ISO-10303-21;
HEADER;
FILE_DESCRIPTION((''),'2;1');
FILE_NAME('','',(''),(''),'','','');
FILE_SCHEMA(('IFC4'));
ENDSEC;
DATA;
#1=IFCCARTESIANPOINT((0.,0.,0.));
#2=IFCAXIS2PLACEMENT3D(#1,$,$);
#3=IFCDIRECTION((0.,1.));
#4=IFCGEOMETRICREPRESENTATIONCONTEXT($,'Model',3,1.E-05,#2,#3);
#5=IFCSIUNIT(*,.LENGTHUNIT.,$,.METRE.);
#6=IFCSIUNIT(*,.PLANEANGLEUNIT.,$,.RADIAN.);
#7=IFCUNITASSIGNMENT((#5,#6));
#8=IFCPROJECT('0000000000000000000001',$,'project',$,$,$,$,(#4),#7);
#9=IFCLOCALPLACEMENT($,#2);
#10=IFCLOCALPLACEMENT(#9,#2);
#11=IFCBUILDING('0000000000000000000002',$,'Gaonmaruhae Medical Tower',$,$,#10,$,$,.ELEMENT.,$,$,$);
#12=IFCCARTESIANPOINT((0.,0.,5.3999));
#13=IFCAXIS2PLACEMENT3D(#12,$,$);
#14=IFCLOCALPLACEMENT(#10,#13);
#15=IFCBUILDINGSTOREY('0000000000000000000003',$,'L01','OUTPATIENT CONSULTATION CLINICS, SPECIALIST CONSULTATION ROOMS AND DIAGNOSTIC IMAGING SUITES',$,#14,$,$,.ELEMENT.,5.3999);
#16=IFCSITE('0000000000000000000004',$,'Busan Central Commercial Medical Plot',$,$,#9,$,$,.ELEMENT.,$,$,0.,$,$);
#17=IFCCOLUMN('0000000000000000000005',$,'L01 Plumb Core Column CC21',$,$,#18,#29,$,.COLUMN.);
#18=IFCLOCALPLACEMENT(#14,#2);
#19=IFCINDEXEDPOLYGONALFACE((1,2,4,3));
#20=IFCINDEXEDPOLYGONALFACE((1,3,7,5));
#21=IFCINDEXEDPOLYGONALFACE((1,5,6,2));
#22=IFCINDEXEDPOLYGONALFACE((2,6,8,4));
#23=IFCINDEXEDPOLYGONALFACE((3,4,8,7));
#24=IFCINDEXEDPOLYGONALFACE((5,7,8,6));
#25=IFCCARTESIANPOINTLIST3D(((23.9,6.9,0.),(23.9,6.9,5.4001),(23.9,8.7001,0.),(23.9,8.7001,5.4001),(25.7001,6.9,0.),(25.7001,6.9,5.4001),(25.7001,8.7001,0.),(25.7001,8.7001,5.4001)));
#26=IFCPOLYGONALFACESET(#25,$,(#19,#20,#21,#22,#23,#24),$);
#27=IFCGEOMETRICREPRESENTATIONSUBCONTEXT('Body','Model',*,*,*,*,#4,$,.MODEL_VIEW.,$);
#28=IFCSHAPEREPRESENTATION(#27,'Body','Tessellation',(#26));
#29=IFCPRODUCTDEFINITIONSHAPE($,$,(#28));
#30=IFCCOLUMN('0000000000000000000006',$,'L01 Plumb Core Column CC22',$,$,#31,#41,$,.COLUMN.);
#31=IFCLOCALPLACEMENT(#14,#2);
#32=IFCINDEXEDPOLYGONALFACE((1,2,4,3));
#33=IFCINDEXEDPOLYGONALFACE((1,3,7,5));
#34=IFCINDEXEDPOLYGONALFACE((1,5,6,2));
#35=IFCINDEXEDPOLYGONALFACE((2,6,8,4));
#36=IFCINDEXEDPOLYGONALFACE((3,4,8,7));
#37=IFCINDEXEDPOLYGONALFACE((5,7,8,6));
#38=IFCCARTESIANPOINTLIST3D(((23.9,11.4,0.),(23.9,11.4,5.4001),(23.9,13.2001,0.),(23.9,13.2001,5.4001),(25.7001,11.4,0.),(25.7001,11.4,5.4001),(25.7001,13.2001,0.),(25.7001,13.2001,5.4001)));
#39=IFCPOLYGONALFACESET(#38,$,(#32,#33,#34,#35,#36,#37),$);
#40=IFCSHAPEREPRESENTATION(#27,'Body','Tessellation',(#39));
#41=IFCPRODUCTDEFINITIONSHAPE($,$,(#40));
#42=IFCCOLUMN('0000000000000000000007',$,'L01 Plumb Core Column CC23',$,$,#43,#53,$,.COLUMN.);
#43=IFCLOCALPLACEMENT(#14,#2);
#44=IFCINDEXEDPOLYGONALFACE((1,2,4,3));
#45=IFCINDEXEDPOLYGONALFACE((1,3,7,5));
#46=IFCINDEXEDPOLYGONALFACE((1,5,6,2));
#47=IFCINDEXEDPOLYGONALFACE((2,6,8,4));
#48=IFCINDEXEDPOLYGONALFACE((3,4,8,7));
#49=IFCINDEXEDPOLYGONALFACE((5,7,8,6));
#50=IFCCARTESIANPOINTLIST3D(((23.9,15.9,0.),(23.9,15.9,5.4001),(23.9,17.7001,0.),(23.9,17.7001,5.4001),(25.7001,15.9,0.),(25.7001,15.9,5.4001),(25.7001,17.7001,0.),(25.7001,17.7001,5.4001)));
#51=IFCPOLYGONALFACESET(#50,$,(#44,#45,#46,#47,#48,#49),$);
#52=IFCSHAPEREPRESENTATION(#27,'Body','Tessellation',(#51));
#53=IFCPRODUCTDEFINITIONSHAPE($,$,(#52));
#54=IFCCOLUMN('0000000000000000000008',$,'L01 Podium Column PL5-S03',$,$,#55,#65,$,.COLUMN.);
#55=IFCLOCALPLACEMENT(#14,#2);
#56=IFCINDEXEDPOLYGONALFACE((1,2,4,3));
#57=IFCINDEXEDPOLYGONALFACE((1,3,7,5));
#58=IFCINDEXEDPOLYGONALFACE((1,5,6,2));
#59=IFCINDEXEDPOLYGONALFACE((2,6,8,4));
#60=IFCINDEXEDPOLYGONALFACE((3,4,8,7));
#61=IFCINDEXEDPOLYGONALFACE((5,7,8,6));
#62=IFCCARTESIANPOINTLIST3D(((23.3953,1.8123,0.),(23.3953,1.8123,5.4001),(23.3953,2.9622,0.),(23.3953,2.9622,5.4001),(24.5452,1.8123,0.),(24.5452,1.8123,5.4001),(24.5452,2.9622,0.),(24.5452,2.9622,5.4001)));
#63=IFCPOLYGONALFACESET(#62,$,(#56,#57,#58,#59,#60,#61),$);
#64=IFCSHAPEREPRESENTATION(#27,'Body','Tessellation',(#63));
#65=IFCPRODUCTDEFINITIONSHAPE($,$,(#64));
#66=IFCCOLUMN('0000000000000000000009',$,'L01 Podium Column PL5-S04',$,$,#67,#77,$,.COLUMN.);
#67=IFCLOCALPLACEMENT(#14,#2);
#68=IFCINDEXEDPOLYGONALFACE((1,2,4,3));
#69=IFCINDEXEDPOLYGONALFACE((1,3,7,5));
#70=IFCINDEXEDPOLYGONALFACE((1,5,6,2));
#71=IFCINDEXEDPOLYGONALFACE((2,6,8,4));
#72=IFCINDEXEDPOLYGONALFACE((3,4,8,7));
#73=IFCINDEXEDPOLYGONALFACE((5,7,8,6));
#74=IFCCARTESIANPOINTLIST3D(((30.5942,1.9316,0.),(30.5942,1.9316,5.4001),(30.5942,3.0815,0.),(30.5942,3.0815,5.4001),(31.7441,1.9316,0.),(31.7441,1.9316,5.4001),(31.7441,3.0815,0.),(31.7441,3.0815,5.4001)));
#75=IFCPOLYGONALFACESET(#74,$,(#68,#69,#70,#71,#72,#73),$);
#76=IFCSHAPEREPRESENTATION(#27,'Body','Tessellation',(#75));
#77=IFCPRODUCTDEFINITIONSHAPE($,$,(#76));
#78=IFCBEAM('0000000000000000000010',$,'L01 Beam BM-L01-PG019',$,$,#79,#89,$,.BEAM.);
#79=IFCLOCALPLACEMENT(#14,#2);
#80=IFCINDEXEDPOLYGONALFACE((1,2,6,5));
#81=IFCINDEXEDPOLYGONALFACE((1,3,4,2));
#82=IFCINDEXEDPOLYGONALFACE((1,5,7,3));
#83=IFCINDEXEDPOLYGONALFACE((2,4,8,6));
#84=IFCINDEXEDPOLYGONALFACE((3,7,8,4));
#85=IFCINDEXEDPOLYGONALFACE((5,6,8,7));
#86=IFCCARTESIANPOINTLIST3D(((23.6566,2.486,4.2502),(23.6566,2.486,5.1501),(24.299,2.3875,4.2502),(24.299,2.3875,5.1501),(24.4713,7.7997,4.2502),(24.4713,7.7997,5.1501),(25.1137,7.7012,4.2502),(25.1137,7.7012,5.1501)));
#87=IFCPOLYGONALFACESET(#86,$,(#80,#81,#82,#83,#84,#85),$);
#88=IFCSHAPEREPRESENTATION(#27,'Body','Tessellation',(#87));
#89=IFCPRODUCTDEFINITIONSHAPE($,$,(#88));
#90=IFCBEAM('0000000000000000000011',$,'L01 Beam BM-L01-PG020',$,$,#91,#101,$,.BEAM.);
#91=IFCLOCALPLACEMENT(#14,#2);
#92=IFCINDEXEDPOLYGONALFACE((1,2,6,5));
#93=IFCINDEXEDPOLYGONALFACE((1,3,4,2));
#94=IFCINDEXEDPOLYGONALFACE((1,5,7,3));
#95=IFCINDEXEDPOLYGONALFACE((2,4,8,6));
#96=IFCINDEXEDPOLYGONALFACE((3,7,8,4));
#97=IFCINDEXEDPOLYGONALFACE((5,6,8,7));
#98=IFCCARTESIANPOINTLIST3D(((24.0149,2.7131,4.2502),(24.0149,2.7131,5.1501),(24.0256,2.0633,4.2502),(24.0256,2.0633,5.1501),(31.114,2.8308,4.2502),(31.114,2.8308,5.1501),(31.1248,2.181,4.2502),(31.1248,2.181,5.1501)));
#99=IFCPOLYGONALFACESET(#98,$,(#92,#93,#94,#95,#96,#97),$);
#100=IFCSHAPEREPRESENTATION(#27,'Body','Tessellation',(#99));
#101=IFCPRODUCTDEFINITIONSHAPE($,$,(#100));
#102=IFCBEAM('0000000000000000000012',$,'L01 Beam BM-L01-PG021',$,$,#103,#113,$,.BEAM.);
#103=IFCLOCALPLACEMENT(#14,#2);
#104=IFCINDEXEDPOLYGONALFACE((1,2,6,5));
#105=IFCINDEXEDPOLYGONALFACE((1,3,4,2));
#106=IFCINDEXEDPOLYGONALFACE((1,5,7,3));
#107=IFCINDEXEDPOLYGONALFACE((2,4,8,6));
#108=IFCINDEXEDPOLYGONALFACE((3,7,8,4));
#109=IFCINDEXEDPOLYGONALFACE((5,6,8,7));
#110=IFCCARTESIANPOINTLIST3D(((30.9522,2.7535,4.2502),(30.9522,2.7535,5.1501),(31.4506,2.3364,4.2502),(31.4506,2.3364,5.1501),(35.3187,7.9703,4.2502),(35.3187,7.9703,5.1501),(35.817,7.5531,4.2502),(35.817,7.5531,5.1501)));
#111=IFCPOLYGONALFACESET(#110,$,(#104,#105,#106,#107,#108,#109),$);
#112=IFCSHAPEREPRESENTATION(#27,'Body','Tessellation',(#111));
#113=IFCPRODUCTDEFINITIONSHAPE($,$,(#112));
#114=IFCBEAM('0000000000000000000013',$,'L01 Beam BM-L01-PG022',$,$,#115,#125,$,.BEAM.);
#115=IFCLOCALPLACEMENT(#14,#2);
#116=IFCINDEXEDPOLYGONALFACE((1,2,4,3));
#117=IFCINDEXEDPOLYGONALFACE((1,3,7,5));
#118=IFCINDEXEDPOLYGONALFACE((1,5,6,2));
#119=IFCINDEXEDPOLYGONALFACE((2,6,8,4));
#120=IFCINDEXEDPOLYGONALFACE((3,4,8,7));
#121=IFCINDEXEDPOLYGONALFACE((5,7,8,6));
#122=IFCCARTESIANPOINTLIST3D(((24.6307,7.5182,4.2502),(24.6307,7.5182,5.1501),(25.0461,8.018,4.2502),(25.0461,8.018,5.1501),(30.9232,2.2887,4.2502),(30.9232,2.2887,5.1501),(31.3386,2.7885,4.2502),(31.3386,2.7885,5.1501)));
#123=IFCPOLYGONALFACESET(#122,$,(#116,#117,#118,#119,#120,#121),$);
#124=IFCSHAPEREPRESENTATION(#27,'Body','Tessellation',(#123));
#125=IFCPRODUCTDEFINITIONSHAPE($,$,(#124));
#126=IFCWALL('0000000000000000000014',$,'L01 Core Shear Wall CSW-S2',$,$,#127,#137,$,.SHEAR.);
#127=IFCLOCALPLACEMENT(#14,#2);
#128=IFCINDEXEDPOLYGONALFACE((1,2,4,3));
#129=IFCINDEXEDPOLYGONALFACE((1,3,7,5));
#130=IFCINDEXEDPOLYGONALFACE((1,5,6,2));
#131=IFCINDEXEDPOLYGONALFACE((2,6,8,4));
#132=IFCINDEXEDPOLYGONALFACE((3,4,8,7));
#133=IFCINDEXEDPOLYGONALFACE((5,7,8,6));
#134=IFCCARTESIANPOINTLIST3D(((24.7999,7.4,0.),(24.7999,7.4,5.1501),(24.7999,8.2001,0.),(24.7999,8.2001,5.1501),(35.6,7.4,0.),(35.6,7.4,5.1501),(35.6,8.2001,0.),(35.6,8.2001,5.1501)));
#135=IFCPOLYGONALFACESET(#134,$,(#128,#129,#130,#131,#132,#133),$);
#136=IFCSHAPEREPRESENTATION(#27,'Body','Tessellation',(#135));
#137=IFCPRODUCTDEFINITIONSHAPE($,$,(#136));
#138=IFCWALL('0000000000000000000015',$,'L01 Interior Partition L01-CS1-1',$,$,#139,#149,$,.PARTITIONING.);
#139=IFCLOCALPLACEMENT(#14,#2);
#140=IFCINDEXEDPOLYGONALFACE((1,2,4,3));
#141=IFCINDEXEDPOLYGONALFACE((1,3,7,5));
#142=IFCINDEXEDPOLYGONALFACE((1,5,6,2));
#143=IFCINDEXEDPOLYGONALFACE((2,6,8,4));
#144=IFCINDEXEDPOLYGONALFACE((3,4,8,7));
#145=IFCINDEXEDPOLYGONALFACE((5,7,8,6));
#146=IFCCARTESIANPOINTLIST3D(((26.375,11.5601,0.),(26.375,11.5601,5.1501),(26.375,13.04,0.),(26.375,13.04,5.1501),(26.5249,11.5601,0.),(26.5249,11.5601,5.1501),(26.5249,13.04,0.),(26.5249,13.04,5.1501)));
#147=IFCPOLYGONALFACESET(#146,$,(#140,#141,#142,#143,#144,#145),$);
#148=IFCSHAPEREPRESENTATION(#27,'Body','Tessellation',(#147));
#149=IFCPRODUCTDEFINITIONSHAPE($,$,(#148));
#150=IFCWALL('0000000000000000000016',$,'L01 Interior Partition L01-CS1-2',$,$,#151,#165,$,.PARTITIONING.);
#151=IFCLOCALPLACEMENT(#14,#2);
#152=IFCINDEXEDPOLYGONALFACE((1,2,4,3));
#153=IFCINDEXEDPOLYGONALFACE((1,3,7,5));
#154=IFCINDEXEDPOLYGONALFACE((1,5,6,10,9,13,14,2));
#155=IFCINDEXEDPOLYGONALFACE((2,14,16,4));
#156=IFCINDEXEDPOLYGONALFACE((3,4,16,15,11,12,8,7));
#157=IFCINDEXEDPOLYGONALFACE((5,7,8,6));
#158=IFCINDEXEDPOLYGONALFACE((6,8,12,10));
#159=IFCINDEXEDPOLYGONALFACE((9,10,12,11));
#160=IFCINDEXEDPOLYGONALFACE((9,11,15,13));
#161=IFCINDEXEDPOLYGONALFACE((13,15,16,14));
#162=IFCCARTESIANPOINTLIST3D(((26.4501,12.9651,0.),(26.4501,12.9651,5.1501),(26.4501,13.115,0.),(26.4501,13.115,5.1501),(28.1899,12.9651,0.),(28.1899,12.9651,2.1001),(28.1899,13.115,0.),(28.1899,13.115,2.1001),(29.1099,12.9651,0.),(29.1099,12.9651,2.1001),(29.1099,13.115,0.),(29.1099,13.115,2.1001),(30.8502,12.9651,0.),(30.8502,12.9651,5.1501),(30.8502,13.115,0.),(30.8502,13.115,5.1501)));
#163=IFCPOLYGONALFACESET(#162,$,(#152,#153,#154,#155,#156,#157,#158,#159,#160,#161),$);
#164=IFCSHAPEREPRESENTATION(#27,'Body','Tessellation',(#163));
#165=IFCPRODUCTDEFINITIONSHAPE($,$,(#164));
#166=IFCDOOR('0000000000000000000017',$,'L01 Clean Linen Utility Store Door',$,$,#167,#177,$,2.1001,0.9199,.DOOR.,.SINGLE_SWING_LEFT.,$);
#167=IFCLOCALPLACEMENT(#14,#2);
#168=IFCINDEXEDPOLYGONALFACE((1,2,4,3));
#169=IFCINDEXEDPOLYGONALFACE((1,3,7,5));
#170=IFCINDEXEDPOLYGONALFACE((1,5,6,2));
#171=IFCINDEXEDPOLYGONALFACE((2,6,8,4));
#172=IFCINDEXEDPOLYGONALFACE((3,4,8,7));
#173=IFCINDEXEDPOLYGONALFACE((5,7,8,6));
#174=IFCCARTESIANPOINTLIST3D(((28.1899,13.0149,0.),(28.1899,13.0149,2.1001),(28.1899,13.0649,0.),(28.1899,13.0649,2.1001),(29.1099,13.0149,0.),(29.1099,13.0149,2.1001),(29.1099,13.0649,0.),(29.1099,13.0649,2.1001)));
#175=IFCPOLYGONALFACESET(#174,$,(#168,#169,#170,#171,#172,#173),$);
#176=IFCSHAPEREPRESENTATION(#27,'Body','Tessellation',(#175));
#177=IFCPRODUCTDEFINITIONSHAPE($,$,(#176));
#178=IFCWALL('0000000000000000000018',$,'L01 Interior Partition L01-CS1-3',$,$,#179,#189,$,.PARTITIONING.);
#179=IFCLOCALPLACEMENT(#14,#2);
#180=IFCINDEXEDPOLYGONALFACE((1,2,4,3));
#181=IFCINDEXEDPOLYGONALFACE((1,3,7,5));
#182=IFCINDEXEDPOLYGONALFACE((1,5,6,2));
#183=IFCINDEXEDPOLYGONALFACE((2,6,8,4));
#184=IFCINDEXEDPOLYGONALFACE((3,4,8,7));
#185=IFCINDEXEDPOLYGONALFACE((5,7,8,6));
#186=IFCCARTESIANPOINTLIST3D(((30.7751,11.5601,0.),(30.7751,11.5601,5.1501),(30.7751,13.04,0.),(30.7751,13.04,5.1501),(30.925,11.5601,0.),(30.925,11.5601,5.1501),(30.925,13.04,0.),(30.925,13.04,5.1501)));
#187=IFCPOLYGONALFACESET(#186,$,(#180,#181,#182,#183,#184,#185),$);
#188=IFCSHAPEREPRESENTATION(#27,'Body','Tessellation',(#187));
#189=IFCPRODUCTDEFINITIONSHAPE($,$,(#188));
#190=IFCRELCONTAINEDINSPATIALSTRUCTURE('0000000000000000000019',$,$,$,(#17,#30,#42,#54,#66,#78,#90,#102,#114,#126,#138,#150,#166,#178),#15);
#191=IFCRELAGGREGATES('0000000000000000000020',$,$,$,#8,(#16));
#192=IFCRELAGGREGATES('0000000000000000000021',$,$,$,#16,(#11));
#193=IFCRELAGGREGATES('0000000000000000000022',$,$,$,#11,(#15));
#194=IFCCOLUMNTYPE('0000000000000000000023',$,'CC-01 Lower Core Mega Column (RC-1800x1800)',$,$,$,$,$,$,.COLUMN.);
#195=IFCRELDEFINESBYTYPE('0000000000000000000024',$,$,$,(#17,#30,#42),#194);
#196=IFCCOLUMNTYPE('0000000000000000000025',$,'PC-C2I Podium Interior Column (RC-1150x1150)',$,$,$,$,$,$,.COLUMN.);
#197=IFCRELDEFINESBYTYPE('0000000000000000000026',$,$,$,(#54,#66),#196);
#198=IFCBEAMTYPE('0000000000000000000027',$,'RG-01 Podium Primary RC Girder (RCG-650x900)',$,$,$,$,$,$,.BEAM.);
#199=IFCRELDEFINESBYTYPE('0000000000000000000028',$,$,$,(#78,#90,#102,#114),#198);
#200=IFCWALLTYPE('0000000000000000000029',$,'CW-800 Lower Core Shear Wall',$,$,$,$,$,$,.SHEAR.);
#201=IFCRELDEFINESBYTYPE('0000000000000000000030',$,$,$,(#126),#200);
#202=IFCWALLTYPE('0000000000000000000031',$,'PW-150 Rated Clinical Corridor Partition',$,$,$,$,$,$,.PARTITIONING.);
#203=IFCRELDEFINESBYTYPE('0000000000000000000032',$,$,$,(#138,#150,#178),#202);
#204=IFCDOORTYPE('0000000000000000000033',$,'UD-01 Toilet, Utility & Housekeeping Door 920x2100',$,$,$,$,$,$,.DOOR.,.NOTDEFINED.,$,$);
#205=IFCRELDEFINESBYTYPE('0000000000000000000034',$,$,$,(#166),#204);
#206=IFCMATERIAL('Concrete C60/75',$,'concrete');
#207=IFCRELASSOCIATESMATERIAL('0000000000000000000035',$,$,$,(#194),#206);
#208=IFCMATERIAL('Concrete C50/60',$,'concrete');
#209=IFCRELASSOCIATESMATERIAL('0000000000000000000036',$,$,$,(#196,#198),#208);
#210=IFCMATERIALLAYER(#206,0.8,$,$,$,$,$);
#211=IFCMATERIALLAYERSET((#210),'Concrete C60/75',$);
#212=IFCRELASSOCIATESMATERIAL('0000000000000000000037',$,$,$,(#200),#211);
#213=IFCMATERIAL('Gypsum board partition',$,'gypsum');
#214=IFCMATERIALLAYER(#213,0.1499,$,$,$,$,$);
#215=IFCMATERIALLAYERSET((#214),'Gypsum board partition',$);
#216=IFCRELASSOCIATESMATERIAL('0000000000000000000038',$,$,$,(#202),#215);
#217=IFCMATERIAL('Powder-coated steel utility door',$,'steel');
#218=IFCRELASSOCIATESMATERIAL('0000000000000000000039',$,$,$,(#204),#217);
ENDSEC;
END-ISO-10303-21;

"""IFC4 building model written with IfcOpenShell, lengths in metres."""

from ifc_helpers import new_model, si_unit, direction, frame, frame_2d, origin, origin_2d, place, context, subcontext, project, spatial, rectangle, extrude, material, layer, layer_set, material_profile, profile_set, type_object, element, fill, save


model = new_model("IFC4")

# Units and contexts
model_context = context("Model", 3, precision=1e-05, world=origin(), true_north=direction((0.0, 1.0)))
body_context = subcontext(model_context, "Body", "Model", "MODEL_VIEW")
ifc_project = project(units=[si_unit("LENGTHUNIT", "METRE"), si_unit("PLANEANGLEUNIT", "RADIAN")], contexts=[model_context])

# Site, building, storey
site_placement = place(None, origin())
site = spatial("IfcSite", under=ifc_project, at=site_placement, Name="Busan Central Commercial Medical Plot", CompositionType="ELEMENT", RefElevation=0.0)
building_placement = place(site_placement, origin())
building = spatial("IfcBuilding", under=site, at=building_placement, Name="Gaonmaruhae Medical Tower", CompositionType="ELEMENT")
storey_placement = place(building_placement, frame((0.0, 0.0, 5.3999)))
storey = spatial("IfcBuildingStorey", under=building, at=storey_placement, Name="L01", Description="OUTPATIENT CONSULTATION CLINICS, SPECIALIST CONSULTATION ROOMS AND DIAGNOSTIC IMAGING SUITES", CompositionType="ELEMENT", Elevation=5.3999)

# Columns
ifc_material_1 = material(Name="Concrete C60/75", Category="concrete")
ifc_material_profile_1 = material_profile(ifc_material_1, rectangle(XDim=1.8, YDim=1.8, at=origin_2d()), Name="RC-1800x1800")
ifc_profile_set_1 = profile_set([ifc_material_profile_1], Name="Concrete C60/75")
column_type_1 = type_object("IfcColumnType", Name="CC-01 Lower Core Mega Column (RC-1800x1800)", PredefinedType="COLUMN", material=ifc_profile_set_1)
for number, where, z_axis, x_axis, name in (
    (1, (24.8, 7.8, 0.0), (0.0, 0.0, 1.0), (1.0, 0.0, 0.0), "L01 Plumb Core Column CC21"),
    (2, (24.8, 12.3, 0.0), (0.0, 0.0, 1.0), (1.0, 0.0, 0.0), "L01 Plumb Core Column CC22"),
    (3, (24.8, 16.8, 0.0), (0.0, 0.0, 1.0), (1.0, 0.0, 0.0), "L01 Plumb Core Column CC23"),
):
    element("IfcColumn", number, at=place(storey_placement, frame(where, z_axis=z_axis, x_axis=x_axis)), inside=storey, type_object=column_type_1, Name=name, PredefinedType="COLUMN", context=body_context, shape_type="SweptSolid", body=[
        extrude(rectangle(XDim=1.8, YDim=1.8, at=origin_2d()), origin(), (0.0, 0.0, 1.0), 5.4001),
    ])
ifc_material_2 = material(Name="Concrete C50/60", Category="concrete")
ifc_material_profile_2 = material_profile(ifc_material_2, rectangle(XDim=1.1499, YDim=1.1499, at=origin_2d()), Name="RC-1150x1150")
ifc_profile_set_2 = profile_set([ifc_material_profile_2], Name="Concrete C50/60")
column_type_2 = type_object("IfcColumnType", Name="PC-C2I Podium Interior Column (RC-1150x1150)", PredefinedType="COLUMN", material=ifc_profile_set_2)
for number, where, z_axis, x_axis, name in (
    (4, (23.9702, 2.3872, 0.0), (0.0, 0.0, 1.0), (1.0, 0.0, 0.0), "L01 Podium Column PL5-S03"),
    (5, (31.1692, 2.5066, 0.0), (0.0, 0.0, 1.0), (1.0, 0.0, 0.0), "L01 Podium Column PL5-S04"),
):
    element("IfcColumn", number, at=place(storey_placement, frame(where, z_axis=z_axis, x_axis=x_axis)), inside=storey, type_object=column_type_2, Name=name, PredefinedType="COLUMN", context=body_context, shape_type="SweptSolid", body=[
        extrude(rectangle(XDim=1.1499, YDim=1.1499, at=origin_2d()), origin(), (0.0, 0.0, 1.0), 5.4001),
    ])

# Beams
ifc_material_profile_3 = material_profile(ifc_material_2, rectangle(XDim=0.6499, YDim=0.8999, at=origin_2d()), Name="RCG-650x900")
ifc_profile_set_3 = profile_set([ifc_material_profile_3], Name="Concrete C50/60")
beam_type = type_object("IfcBeamType", Name="RG-01 Podium Primary RC Girder (RCG-650x900)", PredefinedType="BEAM", material=ifc_profile_set_3)
beam_1_placement = place(storey_placement, frame((23.9778, 2.4368, 4.7002), z_axis=(0.151549, 0.98845, 0.0), x_axis=(-0.98845, 0.151549, 0.0)))
element("IfcBeam", 6, at=beam_1_placement, inside=storey, type_object=beam_type, Name="L01 Beam BM-L01-PG019", PredefinedType="BEAM", context=body_context, shape_type="SweptSolid", body=[
    extrude(rectangle(XDim=0.6499, YDim=0.8999, at=origin_2d()), origin(), (0.0, 0.0, 1.0), 5.3757),
])
beam_2_placement = place(storey_placement, frame((24.0203, 2.3882, 4.7002), z_axis=(0.999863, 0.016574, 0.0), x_axis=(-0.016574, 0.999863, 0.0)))
element("IfcBeam", 7, at=beam_2_placement, inside=storey, type_object=beam_type, Name="L01 Beam BM-L01-PG020", PredefinedType="BEAM", context=body_context, shape_type="SweptSolid", body=[
    extrude(rectangle(XDim=0.6499, YDim=0.8999, at=origin_2d()), origin(), (0.0, 0.0, 1.0), 7.1001),
])
beam_3_placement = place(storey_placement, frame((31.2014, 2.5449, 4.7002), z_axis=(0.641842, 0.766837, 0.0), x_axis=(-0.766837, 0.641842, 0.0)))
element("IfcBeam", 8, at=beam_3_placement, inside=storey, type_object=beam_type, Name="L01 Beam BM-L01-PG021", PredefinedType="BEAM", context=body_context, shape_type="SweptSolid", body=[
    extrude(rectangle(XDim=0.6499, YDim=0.8999, at=origin_2d()), origin(), (0.0, 0.0, 1.0), 6.803),
])
beam_4_placement = place(storey_placement, frame((31.1309, 2.5386, 4.7002), z_axis=(-0.769077, 0.639157, 0.0), x_axis=(-0.639157, -0.769077, 0.0)))
element("IfcBeam", 9, at=beam_4_placement, inside=storey, type_object=beam_type, Name="L01 Beam BM-L01-PG022", PredefinedType="BEAM", context=body_context, shape_type="SweptSolid", body=[
    extrude(rectangle(XDim=0.6499, YDim=0.8999, at=origin_2d()), origin(), (0.0, 0.0, 1.0), 8.1819),
])

# Walls
ifc_layer_1 = layer(ifc_material_1, 0.8)
ifc_layer_set_1 = layer_set([ifc_layer_1], Name="Concrete C60/75")
wall_type_1 = type_object("IfcWallType", Name="CW-800 Lower Core Shear Wall", PredefinedType="SHEAR", material=ifc_layer_set_1)
wall_1_placement = place(storey_placement, frame((24.8, 7.8, 0.0), z_axis=(0.0, 0.0, 1.0), x_axis=(1.0, 0.0, 0.0)))
element("IfcWall", 10, at=wall_1_placement, inside=storey, type_object=wall_type_1, Name="L01 Core Shear Wall CSW-S2", PredefinedType="SHEAR", context=body_context, shape_type="SweptSolid", body=[
    extrude(rectangle(XDim=10.8, YDim=0.8, at=frame_2d((5.3999, 0.0))), origin(), (0.0, 0.0, 1.0), 5.1501),
])
ifc_material_3 = material(Name="Gypsum board partition", Category="gypsum")
ifc_layer_2 = layer(ifc_material_3, 0.1499)
ifc_layer_set_2 = layer_set([ifc_layer_2], Name="Gypsum board partition")
wall_type_2 = type_object("IfcWallType", Name="PW-150 Rated Clinical Corridor Partition", PredefinedType="PARTITIONING", material=ifc_layer_set_2)
wall_2_placement = place(storey_placement, frame((26.45, 11.5601, 0.0), z_axis=(0.0, 0.0, 1.0), x_axis=(0.0, 1.0, 0.0)))
element("IfcWall", 11, at=wall_2_placement, inside=storey, type_object=wall_type_2, Name="L01 Interior Partition L01-CS1-1", PredefinedType="PARTITIONING", context=body_context, shape_type="SweptSolid", body=[
    extrude(rectangle(XDim=1.48, YDim=0.1499, at=frame_2d((0.74, 0.0))), origin(), (0.0, 0.0, 1.0), 5.1501),
])

# Wall, opening, door
wall_3_placement = place(storey_placement, frame((26.45, 13.04, 0.0), z_axis=(0.0, 0.0, 1.0), x_axis=(1.0, 0.0, 0.0)))
wall_3 = element("IfcWall", 12, at=wall_3_placement, inside=storey, type_object=wall_type_2, Name="L01 Interior Partition L01-CS1-2", PredefinedType="PARTITIONING", context=body_context, shape_type="SweptSolid", body=[
    extrude(rectangle(XDim=4.4001, YDim=0.1499, at=frame_2d((2.2002, 0.0))), origin(), (0.0, 0.0, 1.0), 5.1501),
])
opening_1_placement = place(wall_3_placement, frame((1.74, 0.0, 0.0)))
opening_1 = element("IfcOpeningElement", 13, at=opening_1_placement, cuts=wall_3, PredefinedType="OPENING", context=body_context, shape_type="SweptSolid", body=[
    extrude(rectangle(XDim=0.9199, YDim=2.1001, at=frame_2d((0.46, 1.05))), frame((0.0, 0.085, 0.0), z_axis=(0.0, -1.0, 0.0), x_axis=(1.0, 0.0, 0.0)), (0.0, 0.0, 1.0), 0.1699),
])
ifc_material_4 = material(Name="Powder-coated steel utility door", Category="steel")
door_type_1 = type_object("IfcDoorType", Name="UD-01 Toilet, Utility & Housekeeping Door 920x2100", OperationType="NOTDEFINED", PredefinedType="DOOR", material=ifc_material_4)
door_1_placement = place(opening_1_placement, origin())
door_1 = element("IfcDoor", 14, at=door_1_placement, inside=storey, type_object=door_type_1, Name="L01 Clean Linen Utility Store Door", OperationType="SINGLE_SWING_LEFT", OverallHeight=2.1001, OverallWidth=0.9199, PredefinedType="DOOR", context=body_context, shape_type="SweptSolid", body=[
    extrude(rectangle(XDim=0.9199, YDim=2.1001, at=frame_2d((0.46, 1.05))), frame((0.0, 0.0249, 0.0), z_axis=(0.0, -1.0, 0.0), x_axis=(1.0, 0.0, 0.0)), (0.0, 0.0, 1.0), 0.05),
])
fill(opening_1, door_1)

# Wall
wall_4_placement = place(storey_placement, frame((30.8501, 13.04, 0.0), z_axis=(0.0, 0.0, 1.0), x_axis=(0.0, -1.0, 0.0)))
element("IfcWall", 15, at=wall_4_placement, inside=storey, type_object=wall_type_2, Name="L01 Interior Partition L01-CS1-3", PredefinedType="PARTITIONING", context=body_context, shape_type="SweptSolid", body=[
    extrude(rectangle(XDim=1.48, YDim=0.1499, at=frame_2d((0.74, 0.0))), origin(), (0.0, 0.0, 1.0), 5.1501),
])

save(model, "model.ifc")
